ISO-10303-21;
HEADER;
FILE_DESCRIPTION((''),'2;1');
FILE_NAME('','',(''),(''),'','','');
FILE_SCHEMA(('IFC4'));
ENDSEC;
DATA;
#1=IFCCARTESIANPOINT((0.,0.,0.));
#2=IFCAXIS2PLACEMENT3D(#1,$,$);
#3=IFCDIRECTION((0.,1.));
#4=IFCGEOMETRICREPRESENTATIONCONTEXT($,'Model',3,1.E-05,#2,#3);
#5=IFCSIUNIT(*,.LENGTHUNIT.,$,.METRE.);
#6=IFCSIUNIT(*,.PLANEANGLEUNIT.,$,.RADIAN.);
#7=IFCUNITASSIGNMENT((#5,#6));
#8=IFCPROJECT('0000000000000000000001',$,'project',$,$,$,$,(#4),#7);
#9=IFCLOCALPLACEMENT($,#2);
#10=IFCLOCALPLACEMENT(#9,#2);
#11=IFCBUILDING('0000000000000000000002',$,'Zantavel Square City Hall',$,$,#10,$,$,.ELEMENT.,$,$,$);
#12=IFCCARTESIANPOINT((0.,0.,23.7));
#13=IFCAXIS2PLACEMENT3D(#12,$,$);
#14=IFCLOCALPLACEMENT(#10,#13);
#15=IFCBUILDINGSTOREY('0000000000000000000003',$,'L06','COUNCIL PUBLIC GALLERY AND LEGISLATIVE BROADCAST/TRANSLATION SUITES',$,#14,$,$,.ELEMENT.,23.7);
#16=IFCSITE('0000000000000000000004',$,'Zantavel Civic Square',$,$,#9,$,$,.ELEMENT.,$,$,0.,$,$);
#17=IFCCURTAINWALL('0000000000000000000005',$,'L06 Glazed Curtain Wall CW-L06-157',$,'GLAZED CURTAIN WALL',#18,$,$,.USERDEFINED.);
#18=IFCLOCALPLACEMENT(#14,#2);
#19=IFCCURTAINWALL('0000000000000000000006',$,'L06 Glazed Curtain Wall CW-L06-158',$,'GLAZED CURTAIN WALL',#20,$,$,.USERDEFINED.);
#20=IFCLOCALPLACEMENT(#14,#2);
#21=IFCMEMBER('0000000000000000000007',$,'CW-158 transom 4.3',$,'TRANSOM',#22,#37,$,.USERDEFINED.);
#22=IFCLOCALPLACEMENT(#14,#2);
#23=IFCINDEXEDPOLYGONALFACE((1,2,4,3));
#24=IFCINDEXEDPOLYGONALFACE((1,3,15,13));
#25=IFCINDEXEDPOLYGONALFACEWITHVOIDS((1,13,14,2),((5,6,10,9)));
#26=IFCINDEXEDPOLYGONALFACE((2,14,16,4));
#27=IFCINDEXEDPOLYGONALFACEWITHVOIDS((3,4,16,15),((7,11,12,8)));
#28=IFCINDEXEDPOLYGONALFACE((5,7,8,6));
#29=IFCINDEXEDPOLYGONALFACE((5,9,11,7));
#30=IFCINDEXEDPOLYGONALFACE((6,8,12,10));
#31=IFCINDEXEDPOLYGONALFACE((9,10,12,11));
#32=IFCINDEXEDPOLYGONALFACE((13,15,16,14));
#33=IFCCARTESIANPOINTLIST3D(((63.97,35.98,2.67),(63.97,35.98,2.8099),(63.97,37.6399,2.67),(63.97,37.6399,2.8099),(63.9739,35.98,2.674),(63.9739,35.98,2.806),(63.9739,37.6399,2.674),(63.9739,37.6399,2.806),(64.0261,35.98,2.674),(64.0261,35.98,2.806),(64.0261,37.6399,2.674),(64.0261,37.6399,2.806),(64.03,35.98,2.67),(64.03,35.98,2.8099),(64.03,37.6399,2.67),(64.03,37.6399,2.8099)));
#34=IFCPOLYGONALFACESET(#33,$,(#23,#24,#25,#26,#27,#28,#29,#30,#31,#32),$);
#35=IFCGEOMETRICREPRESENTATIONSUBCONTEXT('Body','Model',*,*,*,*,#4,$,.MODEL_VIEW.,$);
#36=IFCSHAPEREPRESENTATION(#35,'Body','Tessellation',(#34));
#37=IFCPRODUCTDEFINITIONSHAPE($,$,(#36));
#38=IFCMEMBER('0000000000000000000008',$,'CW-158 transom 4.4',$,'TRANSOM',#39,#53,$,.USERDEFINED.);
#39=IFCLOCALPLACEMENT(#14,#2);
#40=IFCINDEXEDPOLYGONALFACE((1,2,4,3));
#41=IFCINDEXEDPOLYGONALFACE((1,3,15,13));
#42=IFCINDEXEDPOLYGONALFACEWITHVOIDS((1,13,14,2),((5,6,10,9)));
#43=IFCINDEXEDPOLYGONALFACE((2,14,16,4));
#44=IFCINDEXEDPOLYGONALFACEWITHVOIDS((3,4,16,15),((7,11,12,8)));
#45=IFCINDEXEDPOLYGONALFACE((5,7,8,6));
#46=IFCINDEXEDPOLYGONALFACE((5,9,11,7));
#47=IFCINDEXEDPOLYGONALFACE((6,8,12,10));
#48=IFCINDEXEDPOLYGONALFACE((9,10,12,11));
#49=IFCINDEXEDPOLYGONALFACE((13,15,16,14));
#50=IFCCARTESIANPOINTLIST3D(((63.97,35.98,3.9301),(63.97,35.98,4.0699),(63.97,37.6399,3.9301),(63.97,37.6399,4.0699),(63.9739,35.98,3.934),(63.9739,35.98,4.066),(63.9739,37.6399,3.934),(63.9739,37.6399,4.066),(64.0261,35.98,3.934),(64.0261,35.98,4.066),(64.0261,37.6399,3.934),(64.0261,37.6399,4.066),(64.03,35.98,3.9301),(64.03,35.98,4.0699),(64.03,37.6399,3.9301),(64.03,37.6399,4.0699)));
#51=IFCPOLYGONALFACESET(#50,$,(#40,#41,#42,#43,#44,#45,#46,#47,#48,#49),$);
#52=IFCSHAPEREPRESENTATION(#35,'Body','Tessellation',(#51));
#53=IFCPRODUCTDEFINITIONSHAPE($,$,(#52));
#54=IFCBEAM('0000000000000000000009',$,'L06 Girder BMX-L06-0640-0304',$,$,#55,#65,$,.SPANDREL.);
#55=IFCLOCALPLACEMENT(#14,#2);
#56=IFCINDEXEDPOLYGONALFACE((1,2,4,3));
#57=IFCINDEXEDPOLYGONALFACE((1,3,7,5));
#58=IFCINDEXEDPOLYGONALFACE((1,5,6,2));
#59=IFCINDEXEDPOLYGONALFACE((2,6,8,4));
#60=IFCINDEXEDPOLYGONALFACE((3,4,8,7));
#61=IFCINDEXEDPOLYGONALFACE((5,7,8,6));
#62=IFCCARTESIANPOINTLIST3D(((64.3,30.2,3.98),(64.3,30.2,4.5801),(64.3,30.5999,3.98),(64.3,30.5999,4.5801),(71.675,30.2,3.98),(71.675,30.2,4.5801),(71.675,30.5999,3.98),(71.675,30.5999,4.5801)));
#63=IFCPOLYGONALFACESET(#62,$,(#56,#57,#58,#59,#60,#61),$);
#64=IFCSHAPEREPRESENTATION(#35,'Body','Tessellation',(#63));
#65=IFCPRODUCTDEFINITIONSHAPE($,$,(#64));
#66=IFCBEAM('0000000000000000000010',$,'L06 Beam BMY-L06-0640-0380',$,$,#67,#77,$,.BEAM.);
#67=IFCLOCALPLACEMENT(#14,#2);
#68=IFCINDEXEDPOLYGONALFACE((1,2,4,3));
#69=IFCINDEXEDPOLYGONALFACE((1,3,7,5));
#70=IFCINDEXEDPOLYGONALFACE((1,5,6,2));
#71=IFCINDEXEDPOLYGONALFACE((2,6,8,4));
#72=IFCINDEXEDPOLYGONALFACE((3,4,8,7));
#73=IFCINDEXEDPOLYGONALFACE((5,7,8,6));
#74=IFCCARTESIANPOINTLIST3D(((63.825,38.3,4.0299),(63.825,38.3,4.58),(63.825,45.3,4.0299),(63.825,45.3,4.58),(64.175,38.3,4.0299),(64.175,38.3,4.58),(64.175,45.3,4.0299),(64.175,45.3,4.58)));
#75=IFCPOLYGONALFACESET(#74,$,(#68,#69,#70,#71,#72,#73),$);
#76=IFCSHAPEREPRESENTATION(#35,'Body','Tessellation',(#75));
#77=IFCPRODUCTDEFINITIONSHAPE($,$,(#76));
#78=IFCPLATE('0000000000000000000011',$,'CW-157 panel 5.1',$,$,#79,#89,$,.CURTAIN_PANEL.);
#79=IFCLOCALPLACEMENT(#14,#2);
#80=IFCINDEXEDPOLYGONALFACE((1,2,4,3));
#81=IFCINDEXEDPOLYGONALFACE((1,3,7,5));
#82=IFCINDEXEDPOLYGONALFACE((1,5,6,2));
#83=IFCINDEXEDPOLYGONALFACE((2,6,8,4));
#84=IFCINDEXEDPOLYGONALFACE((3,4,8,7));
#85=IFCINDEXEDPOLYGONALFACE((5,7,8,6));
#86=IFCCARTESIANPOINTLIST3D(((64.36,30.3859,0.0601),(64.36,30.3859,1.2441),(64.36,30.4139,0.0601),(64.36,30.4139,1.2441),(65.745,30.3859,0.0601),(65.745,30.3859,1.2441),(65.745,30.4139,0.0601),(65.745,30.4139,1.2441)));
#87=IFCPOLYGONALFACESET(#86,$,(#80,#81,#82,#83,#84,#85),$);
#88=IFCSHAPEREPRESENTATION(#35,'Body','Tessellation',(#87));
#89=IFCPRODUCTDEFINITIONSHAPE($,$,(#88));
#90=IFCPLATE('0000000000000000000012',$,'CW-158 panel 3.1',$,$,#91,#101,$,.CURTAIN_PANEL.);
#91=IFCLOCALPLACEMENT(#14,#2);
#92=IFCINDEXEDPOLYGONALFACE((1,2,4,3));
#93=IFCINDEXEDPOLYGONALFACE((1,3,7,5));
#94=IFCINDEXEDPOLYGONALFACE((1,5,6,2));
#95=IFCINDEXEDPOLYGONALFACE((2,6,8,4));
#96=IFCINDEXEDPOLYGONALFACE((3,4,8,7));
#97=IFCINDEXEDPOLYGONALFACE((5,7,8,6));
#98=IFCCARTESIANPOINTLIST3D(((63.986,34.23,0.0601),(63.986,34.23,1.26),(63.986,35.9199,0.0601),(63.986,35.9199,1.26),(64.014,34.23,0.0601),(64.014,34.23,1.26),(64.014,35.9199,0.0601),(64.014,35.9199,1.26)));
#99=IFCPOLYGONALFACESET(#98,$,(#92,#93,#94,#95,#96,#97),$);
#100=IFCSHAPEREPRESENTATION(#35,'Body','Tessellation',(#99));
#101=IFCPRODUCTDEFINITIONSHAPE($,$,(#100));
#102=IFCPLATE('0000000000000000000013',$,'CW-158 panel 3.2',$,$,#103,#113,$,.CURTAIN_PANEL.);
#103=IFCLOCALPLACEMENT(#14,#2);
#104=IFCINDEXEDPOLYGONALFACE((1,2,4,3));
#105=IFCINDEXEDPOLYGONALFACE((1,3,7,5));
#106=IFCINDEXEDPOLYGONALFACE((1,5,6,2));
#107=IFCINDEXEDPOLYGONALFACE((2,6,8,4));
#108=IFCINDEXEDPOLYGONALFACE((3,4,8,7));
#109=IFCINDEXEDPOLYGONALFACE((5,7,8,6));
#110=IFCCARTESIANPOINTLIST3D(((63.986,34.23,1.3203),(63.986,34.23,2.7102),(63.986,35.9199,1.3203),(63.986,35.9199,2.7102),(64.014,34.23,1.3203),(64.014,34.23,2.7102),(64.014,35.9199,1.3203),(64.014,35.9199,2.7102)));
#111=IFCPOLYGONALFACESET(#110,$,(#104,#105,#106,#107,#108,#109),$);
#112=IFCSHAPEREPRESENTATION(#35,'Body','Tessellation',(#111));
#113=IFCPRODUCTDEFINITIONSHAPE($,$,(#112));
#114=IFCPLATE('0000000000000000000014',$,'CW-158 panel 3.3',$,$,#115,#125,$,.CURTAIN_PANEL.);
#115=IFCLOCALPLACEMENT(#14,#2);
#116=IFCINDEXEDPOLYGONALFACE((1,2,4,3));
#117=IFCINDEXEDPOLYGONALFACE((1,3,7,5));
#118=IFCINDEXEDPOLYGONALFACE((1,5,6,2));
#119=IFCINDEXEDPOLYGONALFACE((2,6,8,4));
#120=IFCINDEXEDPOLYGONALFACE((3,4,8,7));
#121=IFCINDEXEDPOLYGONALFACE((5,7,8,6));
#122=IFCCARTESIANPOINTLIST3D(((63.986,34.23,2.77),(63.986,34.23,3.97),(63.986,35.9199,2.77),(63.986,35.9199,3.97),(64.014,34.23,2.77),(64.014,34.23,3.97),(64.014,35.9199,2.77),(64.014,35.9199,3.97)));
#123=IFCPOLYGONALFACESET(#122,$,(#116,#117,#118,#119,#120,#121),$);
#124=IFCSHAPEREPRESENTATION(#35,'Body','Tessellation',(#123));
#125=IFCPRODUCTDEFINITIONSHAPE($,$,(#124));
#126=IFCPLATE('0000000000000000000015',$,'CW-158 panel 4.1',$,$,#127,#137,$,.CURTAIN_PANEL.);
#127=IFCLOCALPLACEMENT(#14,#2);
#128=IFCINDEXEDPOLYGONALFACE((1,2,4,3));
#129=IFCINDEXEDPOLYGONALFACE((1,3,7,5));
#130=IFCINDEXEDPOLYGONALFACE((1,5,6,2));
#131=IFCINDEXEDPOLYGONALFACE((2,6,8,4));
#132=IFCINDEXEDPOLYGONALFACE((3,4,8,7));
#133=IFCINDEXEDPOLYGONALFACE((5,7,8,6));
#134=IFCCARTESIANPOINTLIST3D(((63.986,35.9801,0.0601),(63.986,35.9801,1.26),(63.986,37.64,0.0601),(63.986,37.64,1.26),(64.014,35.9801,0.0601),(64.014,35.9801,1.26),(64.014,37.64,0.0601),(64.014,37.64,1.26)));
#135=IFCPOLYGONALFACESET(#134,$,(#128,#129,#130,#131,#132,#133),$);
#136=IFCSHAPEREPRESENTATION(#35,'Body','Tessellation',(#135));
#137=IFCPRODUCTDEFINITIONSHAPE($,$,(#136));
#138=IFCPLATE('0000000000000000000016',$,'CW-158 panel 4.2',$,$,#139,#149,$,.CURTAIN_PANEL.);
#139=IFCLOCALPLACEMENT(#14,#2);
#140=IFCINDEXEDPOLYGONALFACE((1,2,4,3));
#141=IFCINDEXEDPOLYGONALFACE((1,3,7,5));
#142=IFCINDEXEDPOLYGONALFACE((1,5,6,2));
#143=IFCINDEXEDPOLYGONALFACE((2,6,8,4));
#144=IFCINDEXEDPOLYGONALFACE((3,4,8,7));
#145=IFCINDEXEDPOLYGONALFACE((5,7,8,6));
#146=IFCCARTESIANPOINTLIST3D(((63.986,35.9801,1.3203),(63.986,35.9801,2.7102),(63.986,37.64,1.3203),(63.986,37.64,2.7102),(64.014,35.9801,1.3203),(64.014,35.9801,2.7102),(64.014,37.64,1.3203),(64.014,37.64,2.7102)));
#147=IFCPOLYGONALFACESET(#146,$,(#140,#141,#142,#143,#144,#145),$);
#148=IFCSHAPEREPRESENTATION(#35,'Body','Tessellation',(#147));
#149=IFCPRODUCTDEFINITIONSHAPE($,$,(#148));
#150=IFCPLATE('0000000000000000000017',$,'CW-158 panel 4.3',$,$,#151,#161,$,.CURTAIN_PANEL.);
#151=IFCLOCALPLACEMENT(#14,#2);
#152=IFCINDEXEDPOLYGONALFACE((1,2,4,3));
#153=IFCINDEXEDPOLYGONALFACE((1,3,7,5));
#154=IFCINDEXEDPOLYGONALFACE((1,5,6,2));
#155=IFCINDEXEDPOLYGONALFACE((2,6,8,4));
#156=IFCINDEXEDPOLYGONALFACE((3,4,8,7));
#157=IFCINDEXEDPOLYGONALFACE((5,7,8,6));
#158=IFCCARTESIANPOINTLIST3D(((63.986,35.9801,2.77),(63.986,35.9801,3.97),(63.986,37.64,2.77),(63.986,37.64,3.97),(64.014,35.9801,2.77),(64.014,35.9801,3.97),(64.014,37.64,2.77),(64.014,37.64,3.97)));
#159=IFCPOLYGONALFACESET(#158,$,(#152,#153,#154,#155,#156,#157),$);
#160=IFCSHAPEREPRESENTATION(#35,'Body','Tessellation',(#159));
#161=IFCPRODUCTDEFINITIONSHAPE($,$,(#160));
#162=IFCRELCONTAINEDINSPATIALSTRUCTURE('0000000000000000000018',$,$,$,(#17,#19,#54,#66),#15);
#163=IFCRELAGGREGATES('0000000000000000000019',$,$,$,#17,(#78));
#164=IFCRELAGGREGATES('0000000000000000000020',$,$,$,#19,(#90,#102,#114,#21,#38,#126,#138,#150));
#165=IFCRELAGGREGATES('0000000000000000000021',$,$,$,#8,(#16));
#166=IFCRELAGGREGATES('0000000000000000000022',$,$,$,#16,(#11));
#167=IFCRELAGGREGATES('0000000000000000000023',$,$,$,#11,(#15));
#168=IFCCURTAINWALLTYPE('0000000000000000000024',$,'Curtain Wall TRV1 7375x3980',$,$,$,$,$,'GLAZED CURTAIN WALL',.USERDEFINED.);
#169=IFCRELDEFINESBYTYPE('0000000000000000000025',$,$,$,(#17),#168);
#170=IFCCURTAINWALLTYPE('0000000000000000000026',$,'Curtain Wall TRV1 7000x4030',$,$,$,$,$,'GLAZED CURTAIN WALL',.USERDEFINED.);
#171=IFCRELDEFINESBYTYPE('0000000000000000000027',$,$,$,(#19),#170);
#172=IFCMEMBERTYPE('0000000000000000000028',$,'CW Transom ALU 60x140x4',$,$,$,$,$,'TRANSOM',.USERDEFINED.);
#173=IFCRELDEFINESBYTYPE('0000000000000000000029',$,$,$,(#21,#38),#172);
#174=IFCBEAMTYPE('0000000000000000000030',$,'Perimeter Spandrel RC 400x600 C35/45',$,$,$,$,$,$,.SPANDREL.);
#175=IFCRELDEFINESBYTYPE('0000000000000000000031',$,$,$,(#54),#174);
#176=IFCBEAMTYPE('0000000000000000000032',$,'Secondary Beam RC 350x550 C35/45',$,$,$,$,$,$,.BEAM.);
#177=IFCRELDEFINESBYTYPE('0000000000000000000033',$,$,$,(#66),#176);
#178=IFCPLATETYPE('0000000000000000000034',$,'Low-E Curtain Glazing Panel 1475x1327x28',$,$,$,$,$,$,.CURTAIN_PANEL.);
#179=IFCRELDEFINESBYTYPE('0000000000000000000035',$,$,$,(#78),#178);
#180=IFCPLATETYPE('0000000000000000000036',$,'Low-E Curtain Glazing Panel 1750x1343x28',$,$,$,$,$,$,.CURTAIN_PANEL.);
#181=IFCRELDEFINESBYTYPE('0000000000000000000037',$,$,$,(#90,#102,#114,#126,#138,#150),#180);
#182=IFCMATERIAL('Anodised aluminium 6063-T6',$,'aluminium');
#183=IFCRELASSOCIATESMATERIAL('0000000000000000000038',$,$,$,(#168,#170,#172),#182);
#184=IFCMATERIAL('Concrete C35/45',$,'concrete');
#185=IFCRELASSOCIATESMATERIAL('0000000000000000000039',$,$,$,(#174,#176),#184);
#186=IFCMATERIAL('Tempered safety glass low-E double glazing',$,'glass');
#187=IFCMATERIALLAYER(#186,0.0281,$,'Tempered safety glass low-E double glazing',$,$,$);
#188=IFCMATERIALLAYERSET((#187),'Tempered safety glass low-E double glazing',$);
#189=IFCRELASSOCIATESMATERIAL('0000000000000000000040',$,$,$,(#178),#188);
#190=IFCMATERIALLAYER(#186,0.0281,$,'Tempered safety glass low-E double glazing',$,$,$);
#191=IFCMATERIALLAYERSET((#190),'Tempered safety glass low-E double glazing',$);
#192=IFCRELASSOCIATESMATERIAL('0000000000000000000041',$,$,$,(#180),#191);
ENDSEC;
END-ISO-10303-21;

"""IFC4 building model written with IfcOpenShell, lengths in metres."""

from ifc_helpers import new_model, si_unit, direction, frame, origin, origin_2d, place, context, subcontext, project, spatial, rectangle, hollow_rectangle, extrude, material, layer, layer_set, material_profile, profile_set, type_object, element, aggregate, save


model = new_model("IFC4")

# Units and contexts
model_context = context("Model", 3, precision=1e-05, world=origin(), true_north=direction((0.0, 1.0)))
body_context = subcontext(model_context, "Body", "Model", "MODEL_VIEW")
ifc_project = project(units=[si_unit("LENGTHUNIT", "METRE"), si_unit("PLANEANGLEUNIT", "RADIAN")], contexts=[model_context])

# Site, building, storey
site_placement = place(None, origin())
site = spatial("IfcSite", under=ifc_project, at=site_placement, Name="Zantavel Civic Square", CompositionType="ELEMENT", RefElevation=0.0)
building_placement = place(site_placement, origin())
building = spatial("IfcBuilding", under=site, at=building_placement, Name="Zantavel Square City Hall", CompositionType="ELEMENT")
storey_placement = place(building_placement, frame((0.0, 0.0, 23.7)))
storey = spatial("IfcBuildingStorey", under=building, at=storey_placement, Name="L06", Description="COUNCIL PUBLIC GALLERY AND LEGISLATIVE BROADCAST/TRANSLATION SUITES", CompositionType="ELEMENT", Elevation=23.7)

# Curtain wall
ifc_material_1 = material(Name="Anodised aluminium 6063-T6", Category="aluminium")
curtain_wall_type_1 = type_object("IfcCurtainWallType", Name="Curtain Wall TRV1 7375x3980", ElementType="GLAZED CURTAIN WALL", PredefinedType="USERDEFINED", material=ifc_material_1)
curtain_wall_1_placement = place(storey_placement, origin())
curtain_wall_1 = element("IfcCurtainWall", 1, at=curtain_wall_1_placement, inside=storey, type_object=curtain_wall_type_1, Name="L06 Glazed Curtain Wall CW-L06-157", ObjectType="GLAZED CURTAIN WALL", PredefinedType="USERDEFINED")

# Curtain wall, members
curtain_wall_type_2 = type_object("IfcCurtainWallType", Name="Curtain Wall TRV1 7000x4030", ElementType="GLAZED CURTAIN WALL", PredefinedType="USERDEFINED", material=ifc_material_1)
curtain_wall_2_placement = place(storey_placement, origin())
curtain_wall_2 = element("IfcCurtainWall", 2, at=curtain_wall_2_placement, inside=storey, type_object=curtain_wall_type_2, Name="L06 Glazed Curtain Wall CW-L06-158", ObjectType="GLAZED CURTAIN WALL", PredefinedType="USERDEFINED")
ifc_material_profile_1 = material_profile(ifc_material_1, hollow_rectangle(XDim=0.0601, YDim=0.1399, WallThickness=0.0039, at=origin_2d()), Name="ALU 60x140x4")
ifc_profile_set_1 = profile_set([ifc_material_profile_1], Name="Anodised aluminium 6063-T6")
member_type_1 = type_object("IfcMemberType", Name="CW Transom ALU 60x140x4", ElementType="TRANSOM", PredefinedType="USERDEFINED", material=ifc_profile_set_1)
member_1_placement = place(storey_placement, frame((64.0, 35.98, 2.74), z_axis=(0.0, 1.0, 0.0), x_axis=(-1.0, 0.0, 0.0)))
member_1 = element("IfcMember", 3, at=member_1_placement, type_object=member_type_1, Name="CW-158 transom 4.3", ObjectType="TRANSOM", PredefinedType="USERDEFINED", context=body_context, shape_type="SweptSolid", body=[
    extrude(hollow_rectangle(XDim=0.0601, YDim=0.1399, WallThickness=0.0039, at=origin_2d()), origin(), (0.0, 0.0, 1.0), 1.6599),
])
member_2_placement = place(storey_placement, frame((64.0, 35.98, 4.0), z_axis=(0.0, 1.0, 0.0), x_axis=(-1.0, 0.0, 0.0)))
member_2 = element("IfcMember", 4, at=member_2_placement, type_object=member_type_1, Name="CW-158 transom 4.4", ObjectType="TRANSOM", PredefinedType="USERDEFINED", context=body_context, shape_type="SweptSolid", body=[
    extrude(hollow_rectangle(XDim=0.0601, YDim=0.1399, WallThickness=0.0039, at=origin_2d()), origin(), (0.0, 0.0, 1.0), 1.6599),
])

# Beams
ifc_material_2 = material(Name="Concrete C35/45", Category="concrete")
ifc_material_profile_2 = material_profile(ifc_material_2, rectangle(XDim=0.3999, YDim=0.6001, at=origin_2d()), Name="RC 400x600")
ifc_profile_set_2 = profile_set([ifc_material_profile_2], Name="Concrete C35/45")
beam_type_1 = type_object("IfcBeamType", Name="Perimeter Spandrel RC 400x600 C35/45", PredefinedType="SPANDREL", material=ifc_profile_set_2)
beam_1_placement = place(storey_placement, frame((64.3, 30.3999, 4.28), z_axis=(1.0, 0.0, 0.0), x_axis=(0.0, 1.0, 0.0)))
element("IfcBeam", 5, at=beam_1_placement, inside=storey, type_object=beam_type_1, Name="L06 Girder BMX-L06-0640-0304", PredefinedType="SPANDREL", context=body_context, shape_type="SweptSolid", body=[
    extrude(rectangle(XDim=0.3999, YDim=0.6001, at=origin_2d()), origin(), (0.0, 0.0, 1.0), 7.375),
])
ifc_material_profile_3 = material_profile(ifc_material_2, rectangle(XDim=0.3501, YDim=0.55, at=origin_2d()), Name="RC 350x550")
ifc_profile_set_3 = profile_set([ifc_material_profile_3], Name="Concrete C35/45")
beam_type_2 = type_object("IfcBeamType", Name="Secondary Beam RC 350x550 C35/45", PredefinedType="BEAM", material=ifc_profile_set_3)
beam_2_placement = place(storey_placement, frame((64.0, 38.3, 4.3049), z_axis=(0.0, 1.0, 0.0), x_axis=(-1.0, 0.0, 0.0)))
element("IfcBeam", 6, at=beam_2_placement, inside=storey, type_object=beam_type_2, Name="L06 Beam BMY-L06-0640-0380", PredefinedType="BEAM", context=body_context, shape_type="SweptSolid", body=[
    extrude(rectangle(XDim=0.3501, YDim=0.55, at=origin_2d()), origin(), (0.0, 0.0, 1.0), 7.0),
])

# Plates
ifc_material_3 = material(Name="Tempered safety glass low-E double glazing", Category="glass")
ifc_layer_1 = layer(ifc_material_3, 0.0281, Name="Tempered safety glass low-E double glazing")
ifc_layer_set_1 = layer_set([ifc_layer_1], Name="Tempered safety glass low-E double glazing")
plate_type_1 = type_object("IfcPlateType", Name="Low-E Curtain Glazing Panel 1475x1327x28", PredefinedType="CURTAIN_PANEL", material=ifc_layer_set_1)
plate_1_placement = place(storey_placement, frame((65.0525, 30.3999, 0.0601), z_axis=(0.0, 0.0, 1.0), x_axis=(-1.0, 0.0, 0.0)))
plate_1 = element("IfcPlate", 7, at=plate_1_placement, type_object=plate_type_1, Name="CW-157 panel 5.1", PredefinedType="CURTAIN_PANEL", context=body_context, shape_type="SweptSolid", body=[
    extrude(rectangle(XDim=1.385, YDim=0.0281, at=origin_2d()), origin(), (0.0, 0.0, 1.0), 1.1841),
])
aggregate(curtain_wall_1, [plate_1])
ifc_layer_2 = layer(ifc_material_3, 0.0281, Name="Tempered safety glass low-E double glazing")
ifc_layer_set_2 = layer_set([ifc_layer_2], Name="Tempered safety glass low-E double glazing")
plate_type_2 = type_object("IfcPlateType", Name="Low-E Curtain Glazing Panel 1750x1343x28", PredefinedType="CURTAIN_PANEL", material=ifc_layer_set_2)
plate_2_placement = place(storey_placement, frame((64.0, 35.075, 0.0601), z_axis=(0.0, 0.0, 1.0), x_axis=(0.0, 1.0, 0.0)))
plate_2 = element("IfcPlate", 8, at=plate_2_placement, type_object=plate_type_2, Name="CW-158 panel 3.1", PredefinedType="CURTAIN_PANEL", context=body_context, shape_type="SweptSolid", body=[
    extrude(rectangle(XDim=1.6899, YDim=0.0281, at=origin_2d()), origin(), (0.0, 0.0, 1.0), 1.2),
])
plate_3_placement = place(storey_placement, frame((64.0, 35.075, 1.3203), z_axis=(0.0, 0.0, 1.0), x_axis=(0.0, 1.0, 0.0)))
plate_3 = element("IfcPlate", 9, at=plate_3_placement, type_object=plate_type_2, Name="CW-158 panel 3.2", PredefinedType="CURTAIN_PANEL", context=body_context, shape_type="SweptSolid", body=[
    extrude(rectangle(XDim=1.6899, YDim=0.0281, at=origin_2d()), origin(), (0.0, 0.0, 1.0), 1.3899),
])
plate_4_placement = place(storey_placement, frame((64.0, 35.075, 2.77), z_axis=(0.0, 0.0, 1.0), x_axis=(0.0, 1.0, 0.0)))
plate_4 = element("IfcPlate", 10, at=plate_4_placement, type_object=plate_type_2, Name="CW-158 panel 3.3", PredefinedType="CURTAIN_PANEL", context=body_context, shape_type="SweptSolid", body=[
    extrude(rectangle(XDim=1.6899, YDim=0.0281, at=origin_2d()), origin(), (0.0, 0.0, 1.0), 1.2),
])
plate_5_placement = place(storey_placement, frame((64.0, 36.8101, 0.0601), z_axis=(0.0, 0.0, 1.0), x_axis=(0.0, 1.0, 0.0)))
plate_5 = element("IfcPlate", 11, at=plate_5_placement, type_object=plate_type_2, Name="CW-158 panel 4.1", PredefinedType="CURTAIN_PANEL", context=body_context, shape_type="SweptSolid", body=[
    extrude(rectangle(XDim=1.6599, YDim=0.0281, at=origin_2d()), origin(), (0.0, 0.0, 1.0), 1.2),
])
plate_6_placement = place(storey_placement, frame((64.0, 36.8101, 1.3203), z_axis=(0.0, 0.0, 1.0), x_axis=(0.0, 1.0, 0.0)))
plate_6 = element("IfcPlate", 12, at=plate_6_placement, type_object=plate_type_2, Name="CW-158 panel 4.2", PredefinedType="CURTAIN_PANEL", context=body_context, shape_type="SweptSolid", body=[
    extrude(rectangle(XDim=1.6599, YDim=0.0281, at=origin_2d()), origin(), (0.0, 0.0, 1.0), 1.3899),
])
plate_7_placement = place(storey_placement, frame((64.0, 36.8101, 2.77), z_axis=(0.0, 0.0, 1.0), x_axis=(0.0, 1.0, 0.0)))
plate_7 = element("IfcPlate", 13, at=plate_7_placement, type_object=plate_type_2, Name="CW-158 panel 4.3", PredefinedType="CURTAIN_PANEL", context=body_context, shape_type="SweptSolid", body=[
    extrude(rectangle(XDim=1.6599, YDim=0.0281, at=origin_2d()), origin(), (0.0, 0.0, 1.0), 1.2),
])
aggregate(curtain_wall_2, [plate_2, plate_3, plate_4, member_1, member_2, plate_5, plate_6, plate_7])

save(model, "model.ifc")
